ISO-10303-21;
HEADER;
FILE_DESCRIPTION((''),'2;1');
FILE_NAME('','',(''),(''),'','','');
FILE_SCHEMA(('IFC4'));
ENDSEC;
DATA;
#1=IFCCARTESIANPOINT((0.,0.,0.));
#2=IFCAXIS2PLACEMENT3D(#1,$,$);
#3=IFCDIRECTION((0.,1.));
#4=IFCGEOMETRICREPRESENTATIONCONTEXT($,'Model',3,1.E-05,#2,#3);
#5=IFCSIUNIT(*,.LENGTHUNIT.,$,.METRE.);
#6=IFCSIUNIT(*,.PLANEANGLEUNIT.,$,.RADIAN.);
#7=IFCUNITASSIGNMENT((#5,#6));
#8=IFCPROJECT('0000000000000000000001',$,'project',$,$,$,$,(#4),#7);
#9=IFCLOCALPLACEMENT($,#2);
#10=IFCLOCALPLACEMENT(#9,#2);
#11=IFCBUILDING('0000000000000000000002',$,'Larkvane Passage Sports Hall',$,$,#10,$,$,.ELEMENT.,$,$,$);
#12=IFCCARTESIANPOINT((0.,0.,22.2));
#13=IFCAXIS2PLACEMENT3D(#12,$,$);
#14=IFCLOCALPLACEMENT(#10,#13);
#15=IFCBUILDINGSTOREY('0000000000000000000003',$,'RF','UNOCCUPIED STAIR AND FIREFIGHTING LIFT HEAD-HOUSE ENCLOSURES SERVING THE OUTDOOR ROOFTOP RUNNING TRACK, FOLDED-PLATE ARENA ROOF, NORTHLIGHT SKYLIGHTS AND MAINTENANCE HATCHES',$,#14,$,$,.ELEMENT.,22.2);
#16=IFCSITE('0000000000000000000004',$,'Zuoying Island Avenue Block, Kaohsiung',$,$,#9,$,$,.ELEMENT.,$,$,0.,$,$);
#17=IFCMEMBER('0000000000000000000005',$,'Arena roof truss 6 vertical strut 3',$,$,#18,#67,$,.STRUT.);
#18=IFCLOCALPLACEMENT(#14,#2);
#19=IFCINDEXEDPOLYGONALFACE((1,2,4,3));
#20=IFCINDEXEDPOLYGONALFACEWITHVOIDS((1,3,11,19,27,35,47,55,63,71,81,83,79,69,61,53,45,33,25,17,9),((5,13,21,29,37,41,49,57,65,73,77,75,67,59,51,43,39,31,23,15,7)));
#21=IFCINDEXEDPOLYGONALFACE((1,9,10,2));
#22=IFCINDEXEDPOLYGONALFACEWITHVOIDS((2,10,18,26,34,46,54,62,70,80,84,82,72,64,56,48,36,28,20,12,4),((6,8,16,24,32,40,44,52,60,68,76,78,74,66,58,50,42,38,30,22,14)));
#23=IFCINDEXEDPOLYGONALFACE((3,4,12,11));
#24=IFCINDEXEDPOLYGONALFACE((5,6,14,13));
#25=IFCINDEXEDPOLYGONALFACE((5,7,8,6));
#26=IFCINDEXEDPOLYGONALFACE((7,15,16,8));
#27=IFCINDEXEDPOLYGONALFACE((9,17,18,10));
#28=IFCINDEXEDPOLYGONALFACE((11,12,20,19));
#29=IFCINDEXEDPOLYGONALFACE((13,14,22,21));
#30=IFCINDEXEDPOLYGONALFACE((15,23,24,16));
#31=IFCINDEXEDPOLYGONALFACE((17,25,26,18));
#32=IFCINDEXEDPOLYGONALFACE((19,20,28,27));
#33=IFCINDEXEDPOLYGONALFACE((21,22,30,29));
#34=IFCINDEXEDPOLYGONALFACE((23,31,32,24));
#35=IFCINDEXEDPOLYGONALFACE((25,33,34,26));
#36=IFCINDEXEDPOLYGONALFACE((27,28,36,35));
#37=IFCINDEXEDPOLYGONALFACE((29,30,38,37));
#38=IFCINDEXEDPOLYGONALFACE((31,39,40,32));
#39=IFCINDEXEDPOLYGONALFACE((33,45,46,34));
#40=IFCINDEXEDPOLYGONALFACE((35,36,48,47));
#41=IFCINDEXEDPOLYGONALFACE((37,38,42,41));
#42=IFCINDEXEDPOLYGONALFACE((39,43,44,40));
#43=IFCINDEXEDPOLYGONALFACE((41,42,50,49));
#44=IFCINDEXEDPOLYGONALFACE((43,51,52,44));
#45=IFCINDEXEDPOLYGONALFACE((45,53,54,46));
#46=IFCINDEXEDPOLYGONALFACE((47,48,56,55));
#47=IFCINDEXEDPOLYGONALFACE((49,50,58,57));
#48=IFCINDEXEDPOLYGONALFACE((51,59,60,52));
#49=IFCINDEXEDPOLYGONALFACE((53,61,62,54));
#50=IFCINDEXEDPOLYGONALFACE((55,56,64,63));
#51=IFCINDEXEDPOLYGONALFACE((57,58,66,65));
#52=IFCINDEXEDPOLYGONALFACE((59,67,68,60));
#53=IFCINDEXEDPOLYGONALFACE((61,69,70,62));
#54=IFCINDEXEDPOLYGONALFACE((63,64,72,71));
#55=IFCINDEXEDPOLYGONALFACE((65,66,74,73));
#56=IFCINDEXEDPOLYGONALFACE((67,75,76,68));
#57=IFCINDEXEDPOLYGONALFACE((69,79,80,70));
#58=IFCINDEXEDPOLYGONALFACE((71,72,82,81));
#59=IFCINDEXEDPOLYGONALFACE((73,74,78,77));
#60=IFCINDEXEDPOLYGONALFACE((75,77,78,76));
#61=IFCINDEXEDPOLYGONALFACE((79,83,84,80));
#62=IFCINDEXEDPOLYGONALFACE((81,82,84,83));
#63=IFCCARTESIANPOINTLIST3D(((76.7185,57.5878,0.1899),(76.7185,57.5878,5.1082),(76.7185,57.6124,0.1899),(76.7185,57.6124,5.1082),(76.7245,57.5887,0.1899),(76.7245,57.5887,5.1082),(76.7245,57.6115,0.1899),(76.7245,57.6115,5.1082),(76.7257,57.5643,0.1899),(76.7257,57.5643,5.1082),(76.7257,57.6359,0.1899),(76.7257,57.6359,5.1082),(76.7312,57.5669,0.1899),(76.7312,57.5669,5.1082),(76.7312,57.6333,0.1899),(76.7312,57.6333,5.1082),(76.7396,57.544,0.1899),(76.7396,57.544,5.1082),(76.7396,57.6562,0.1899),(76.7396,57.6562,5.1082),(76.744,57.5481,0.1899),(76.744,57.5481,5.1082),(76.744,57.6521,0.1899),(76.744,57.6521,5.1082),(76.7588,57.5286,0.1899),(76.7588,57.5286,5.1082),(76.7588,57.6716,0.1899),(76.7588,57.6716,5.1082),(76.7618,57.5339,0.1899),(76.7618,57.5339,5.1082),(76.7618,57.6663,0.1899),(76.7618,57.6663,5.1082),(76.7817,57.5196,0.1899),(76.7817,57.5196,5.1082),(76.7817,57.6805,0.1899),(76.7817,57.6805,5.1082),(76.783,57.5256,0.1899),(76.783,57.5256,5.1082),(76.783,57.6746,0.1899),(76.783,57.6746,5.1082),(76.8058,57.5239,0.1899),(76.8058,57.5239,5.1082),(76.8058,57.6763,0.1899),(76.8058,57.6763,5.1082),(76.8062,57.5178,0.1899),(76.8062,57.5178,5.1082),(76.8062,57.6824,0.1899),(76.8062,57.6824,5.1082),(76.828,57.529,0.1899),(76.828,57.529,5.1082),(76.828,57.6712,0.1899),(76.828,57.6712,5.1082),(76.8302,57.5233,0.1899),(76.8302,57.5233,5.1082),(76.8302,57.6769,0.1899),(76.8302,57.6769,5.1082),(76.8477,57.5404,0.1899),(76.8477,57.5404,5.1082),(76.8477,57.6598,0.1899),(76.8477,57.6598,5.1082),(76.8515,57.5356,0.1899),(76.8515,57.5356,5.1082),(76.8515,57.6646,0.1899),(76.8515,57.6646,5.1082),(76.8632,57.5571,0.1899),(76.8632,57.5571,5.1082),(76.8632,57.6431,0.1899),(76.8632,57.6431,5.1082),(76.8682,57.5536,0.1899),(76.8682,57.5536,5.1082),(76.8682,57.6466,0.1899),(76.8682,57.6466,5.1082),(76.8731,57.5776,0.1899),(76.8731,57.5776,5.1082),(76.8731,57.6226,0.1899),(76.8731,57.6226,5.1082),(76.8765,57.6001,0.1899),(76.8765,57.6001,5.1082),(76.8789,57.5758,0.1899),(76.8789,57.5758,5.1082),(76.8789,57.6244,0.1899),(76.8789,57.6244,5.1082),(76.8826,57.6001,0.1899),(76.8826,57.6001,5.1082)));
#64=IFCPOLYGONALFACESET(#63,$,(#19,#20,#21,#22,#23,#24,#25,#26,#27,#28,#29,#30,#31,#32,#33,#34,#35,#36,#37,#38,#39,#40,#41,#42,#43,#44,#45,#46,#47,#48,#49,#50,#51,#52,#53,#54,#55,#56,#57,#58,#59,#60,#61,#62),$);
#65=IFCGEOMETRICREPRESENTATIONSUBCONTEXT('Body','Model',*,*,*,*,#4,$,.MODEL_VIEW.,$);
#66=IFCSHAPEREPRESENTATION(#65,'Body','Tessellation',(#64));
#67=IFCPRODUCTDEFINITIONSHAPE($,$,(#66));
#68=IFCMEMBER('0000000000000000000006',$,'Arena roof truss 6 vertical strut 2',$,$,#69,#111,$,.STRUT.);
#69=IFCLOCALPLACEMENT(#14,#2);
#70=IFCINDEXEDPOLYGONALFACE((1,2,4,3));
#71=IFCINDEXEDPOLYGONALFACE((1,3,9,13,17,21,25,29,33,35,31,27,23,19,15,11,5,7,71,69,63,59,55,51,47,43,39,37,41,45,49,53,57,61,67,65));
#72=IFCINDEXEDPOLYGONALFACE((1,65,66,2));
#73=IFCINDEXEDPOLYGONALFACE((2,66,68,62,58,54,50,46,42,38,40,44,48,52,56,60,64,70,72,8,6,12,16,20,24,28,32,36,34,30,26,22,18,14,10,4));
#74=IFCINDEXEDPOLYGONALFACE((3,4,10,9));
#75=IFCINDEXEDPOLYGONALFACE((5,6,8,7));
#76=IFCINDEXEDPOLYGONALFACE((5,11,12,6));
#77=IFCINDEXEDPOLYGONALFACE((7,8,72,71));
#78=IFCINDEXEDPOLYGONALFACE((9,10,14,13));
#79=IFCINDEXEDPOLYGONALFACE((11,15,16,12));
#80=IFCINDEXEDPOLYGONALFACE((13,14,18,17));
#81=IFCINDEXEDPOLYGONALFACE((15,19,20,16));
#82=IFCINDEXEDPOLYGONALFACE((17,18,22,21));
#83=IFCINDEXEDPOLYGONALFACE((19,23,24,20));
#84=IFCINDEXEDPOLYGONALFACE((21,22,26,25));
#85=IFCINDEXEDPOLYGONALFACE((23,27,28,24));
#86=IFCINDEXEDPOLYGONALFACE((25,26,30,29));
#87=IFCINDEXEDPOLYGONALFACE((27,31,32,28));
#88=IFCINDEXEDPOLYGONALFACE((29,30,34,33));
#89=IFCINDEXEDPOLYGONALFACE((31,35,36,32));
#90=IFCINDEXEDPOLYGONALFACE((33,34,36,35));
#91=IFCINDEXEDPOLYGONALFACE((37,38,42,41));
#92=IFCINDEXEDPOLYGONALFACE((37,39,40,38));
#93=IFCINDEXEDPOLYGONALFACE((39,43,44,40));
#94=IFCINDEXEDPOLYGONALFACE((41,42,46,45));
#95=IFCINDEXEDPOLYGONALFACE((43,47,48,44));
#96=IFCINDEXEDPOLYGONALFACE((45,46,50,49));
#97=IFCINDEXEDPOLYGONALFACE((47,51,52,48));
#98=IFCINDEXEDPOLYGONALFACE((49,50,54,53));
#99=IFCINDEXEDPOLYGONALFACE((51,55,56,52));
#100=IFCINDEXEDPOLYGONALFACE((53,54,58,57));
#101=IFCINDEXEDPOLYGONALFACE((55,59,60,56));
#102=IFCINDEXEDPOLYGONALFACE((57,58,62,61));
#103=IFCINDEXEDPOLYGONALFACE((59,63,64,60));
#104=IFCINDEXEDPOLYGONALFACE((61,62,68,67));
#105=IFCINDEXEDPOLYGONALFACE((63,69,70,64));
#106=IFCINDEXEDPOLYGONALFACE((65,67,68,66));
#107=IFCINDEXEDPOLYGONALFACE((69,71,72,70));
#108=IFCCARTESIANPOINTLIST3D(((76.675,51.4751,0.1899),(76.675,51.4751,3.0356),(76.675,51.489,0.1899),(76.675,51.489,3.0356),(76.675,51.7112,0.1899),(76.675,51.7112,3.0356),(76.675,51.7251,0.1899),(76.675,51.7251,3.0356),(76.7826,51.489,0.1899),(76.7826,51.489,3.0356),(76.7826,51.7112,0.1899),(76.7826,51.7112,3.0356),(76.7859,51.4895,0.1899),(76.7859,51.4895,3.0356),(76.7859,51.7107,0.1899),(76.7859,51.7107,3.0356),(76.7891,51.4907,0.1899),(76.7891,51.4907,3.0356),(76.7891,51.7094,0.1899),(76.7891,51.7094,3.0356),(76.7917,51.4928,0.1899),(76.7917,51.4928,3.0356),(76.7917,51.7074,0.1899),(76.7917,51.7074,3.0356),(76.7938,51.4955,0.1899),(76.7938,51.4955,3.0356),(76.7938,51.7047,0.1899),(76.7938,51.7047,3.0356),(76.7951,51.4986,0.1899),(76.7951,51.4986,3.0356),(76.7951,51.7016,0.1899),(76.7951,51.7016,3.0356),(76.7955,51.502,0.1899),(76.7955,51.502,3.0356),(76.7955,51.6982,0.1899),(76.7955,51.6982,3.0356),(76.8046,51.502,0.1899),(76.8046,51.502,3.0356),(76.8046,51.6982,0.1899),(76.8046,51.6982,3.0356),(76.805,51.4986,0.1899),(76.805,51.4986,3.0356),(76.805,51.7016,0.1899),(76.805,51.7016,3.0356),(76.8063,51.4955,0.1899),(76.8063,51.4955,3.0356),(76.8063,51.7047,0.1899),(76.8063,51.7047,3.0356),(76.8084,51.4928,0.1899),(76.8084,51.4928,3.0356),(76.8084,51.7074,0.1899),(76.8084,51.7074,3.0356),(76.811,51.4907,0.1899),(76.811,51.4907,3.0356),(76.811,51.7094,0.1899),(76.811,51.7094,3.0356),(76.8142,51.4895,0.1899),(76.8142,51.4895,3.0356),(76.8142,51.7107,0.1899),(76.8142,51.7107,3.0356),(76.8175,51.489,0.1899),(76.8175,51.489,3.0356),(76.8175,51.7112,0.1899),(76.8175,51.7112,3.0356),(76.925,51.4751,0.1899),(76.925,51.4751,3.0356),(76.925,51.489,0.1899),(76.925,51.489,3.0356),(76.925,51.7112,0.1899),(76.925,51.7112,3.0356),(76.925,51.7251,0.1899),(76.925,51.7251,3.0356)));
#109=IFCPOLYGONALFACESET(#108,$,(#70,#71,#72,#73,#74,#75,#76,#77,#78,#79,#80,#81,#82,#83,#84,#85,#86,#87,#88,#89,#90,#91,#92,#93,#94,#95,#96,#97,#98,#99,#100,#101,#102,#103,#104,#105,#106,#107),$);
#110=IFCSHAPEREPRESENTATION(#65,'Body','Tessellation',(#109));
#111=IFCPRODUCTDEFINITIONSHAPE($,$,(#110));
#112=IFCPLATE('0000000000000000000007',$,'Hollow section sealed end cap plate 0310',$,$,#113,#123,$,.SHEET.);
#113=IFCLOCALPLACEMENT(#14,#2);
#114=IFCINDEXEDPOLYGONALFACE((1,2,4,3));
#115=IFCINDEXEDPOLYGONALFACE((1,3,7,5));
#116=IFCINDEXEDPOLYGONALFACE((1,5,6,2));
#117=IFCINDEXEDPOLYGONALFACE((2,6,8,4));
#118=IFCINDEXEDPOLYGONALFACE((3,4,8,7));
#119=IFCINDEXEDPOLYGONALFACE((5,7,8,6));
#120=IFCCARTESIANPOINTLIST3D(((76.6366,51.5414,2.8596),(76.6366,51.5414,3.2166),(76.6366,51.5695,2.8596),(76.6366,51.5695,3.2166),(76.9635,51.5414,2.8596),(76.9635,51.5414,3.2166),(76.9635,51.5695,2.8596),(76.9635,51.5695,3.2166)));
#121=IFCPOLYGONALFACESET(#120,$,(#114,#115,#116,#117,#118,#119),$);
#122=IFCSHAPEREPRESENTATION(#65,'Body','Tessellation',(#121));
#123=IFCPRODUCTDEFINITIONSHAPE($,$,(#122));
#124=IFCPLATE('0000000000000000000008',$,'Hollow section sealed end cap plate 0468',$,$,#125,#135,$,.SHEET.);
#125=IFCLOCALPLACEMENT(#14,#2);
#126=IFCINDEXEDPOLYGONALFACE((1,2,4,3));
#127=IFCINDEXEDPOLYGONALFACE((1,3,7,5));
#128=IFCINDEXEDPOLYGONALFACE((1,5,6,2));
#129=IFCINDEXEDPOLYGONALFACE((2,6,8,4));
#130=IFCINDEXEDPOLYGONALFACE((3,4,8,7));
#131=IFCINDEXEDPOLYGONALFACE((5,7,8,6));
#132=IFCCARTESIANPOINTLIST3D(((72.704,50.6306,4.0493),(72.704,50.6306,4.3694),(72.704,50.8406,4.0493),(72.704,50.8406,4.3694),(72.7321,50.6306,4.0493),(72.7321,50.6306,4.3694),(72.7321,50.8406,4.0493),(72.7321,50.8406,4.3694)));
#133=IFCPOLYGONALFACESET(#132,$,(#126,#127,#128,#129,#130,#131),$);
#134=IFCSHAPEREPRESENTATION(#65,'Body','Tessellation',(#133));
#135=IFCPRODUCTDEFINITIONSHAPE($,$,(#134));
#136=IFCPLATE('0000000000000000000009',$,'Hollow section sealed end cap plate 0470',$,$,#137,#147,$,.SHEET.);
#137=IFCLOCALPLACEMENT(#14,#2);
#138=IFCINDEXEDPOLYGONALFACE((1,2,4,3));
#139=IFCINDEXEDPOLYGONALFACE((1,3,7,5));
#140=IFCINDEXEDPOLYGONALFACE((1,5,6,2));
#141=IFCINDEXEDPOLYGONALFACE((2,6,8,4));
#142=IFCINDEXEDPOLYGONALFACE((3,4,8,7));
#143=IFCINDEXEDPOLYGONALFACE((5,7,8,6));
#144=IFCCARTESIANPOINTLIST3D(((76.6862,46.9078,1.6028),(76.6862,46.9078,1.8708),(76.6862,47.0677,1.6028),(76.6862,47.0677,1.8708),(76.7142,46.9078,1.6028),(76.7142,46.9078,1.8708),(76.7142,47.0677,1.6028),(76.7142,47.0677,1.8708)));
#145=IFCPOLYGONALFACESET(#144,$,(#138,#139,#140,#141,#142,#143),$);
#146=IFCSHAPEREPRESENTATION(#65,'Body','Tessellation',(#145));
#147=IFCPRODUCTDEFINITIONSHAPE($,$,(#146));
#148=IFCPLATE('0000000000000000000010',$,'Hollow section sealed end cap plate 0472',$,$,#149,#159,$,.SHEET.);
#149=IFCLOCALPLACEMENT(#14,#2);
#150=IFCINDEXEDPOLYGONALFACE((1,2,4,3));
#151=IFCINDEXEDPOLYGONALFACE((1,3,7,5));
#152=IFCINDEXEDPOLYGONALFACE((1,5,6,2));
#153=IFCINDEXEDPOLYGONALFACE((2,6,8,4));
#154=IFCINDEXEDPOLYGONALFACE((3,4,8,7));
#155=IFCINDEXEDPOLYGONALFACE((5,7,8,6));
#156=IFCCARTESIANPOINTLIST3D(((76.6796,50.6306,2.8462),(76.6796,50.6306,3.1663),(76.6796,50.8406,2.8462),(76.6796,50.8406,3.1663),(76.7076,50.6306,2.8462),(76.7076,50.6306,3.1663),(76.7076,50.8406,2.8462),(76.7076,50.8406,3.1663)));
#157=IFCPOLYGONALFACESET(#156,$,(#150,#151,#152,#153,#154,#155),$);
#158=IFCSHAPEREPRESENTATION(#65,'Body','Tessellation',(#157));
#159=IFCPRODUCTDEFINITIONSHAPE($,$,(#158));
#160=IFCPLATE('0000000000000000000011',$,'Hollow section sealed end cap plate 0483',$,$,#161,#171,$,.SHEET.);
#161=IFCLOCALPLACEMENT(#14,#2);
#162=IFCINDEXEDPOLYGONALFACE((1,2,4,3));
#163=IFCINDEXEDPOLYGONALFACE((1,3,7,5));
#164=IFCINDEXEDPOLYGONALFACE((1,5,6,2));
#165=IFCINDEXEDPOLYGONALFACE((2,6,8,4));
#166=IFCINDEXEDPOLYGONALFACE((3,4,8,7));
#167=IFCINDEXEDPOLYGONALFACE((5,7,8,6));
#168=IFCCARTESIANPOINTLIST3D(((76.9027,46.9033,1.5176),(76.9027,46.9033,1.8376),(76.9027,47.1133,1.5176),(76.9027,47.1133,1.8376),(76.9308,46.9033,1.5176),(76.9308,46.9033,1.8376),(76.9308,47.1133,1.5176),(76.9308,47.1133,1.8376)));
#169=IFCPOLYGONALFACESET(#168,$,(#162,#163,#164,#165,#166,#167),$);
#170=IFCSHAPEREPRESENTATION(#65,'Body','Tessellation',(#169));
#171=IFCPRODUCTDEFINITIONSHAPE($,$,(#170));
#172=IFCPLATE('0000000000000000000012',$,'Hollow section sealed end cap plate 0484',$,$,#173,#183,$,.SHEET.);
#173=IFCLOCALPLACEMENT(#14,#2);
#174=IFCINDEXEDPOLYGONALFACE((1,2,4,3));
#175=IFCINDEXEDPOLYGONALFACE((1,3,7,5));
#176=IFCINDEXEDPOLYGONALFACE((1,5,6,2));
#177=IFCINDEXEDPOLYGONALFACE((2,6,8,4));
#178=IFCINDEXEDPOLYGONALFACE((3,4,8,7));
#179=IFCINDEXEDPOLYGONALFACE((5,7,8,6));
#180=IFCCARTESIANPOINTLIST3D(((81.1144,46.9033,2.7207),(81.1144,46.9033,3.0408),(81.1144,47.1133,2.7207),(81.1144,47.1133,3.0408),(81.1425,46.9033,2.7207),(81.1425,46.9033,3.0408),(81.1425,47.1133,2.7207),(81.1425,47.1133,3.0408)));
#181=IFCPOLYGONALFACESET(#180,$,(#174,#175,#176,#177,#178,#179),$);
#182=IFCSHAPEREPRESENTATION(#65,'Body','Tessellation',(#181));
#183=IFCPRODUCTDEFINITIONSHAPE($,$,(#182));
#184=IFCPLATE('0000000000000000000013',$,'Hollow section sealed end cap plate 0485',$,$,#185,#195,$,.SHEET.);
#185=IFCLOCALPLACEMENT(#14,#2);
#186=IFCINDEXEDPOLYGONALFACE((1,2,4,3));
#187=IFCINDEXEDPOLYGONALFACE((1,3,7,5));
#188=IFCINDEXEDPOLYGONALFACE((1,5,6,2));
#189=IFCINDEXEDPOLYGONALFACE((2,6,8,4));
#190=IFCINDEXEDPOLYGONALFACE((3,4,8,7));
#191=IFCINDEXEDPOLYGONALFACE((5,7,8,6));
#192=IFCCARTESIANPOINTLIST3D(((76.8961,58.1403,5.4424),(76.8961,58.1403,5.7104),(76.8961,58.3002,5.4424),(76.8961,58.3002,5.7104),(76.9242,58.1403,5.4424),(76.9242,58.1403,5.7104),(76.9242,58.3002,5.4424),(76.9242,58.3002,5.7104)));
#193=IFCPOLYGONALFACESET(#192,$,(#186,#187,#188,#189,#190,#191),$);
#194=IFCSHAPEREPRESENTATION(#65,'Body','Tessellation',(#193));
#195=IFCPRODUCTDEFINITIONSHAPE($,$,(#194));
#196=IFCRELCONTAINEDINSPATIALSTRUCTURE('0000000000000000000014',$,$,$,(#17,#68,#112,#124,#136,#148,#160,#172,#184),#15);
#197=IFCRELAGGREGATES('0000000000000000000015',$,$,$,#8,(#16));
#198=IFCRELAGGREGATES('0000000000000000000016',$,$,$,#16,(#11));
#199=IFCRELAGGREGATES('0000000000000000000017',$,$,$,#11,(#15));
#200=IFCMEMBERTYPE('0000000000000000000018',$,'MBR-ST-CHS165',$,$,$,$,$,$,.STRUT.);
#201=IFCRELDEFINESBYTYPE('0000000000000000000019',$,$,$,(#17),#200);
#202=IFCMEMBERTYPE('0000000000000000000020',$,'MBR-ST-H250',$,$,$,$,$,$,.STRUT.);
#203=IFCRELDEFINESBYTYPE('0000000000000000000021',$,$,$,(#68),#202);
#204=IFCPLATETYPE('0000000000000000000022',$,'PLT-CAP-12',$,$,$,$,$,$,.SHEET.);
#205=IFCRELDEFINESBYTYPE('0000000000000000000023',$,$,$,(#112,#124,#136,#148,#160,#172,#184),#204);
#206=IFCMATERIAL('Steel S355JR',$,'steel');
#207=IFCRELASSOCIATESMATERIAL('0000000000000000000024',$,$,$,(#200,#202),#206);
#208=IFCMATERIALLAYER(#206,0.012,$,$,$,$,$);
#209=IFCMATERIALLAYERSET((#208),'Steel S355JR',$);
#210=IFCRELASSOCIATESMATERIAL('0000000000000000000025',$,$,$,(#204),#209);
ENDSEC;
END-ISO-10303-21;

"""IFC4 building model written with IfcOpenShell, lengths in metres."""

from ifc_helpers import new_model, si_unit, direction, frame, origin, origin_2d, place, context, subcontext, project, spatial, rectangle, hollow_circle, i_section, extrude, material, layer, layer_set, material_profile, profile_set, type_object, element, save


model = new_model("IFC4")

# Units and contexts
model_context = context("Model", 3, precision=1e-05, world=origin(), true_north=direction((0.0, 1.0)))
body_context = subcontext(model_context, "Body", "Model", "MODEL_VIEW")
ifc_project = project(units=[si_unit("LENGTHUNIT", "METRE"), si_unit("PLANEANGLEUNIT", "RADIAN")], contexts=[model_context])

# Site, building, storey
site_placement = place(None, origin())
site = spatial("IfcSite", under=ifc_project, at=site_placement, Name="Zuoying Island Avenue Block, Kaohsiung", CompositionType="ELEMENT", RefElevation=0.0)
building_placement = place(site_placement, origin())
building = spatial("IfcBuilding", under=site, at=building_placement, Name="Larkvane Passage Sports Hall", CompositionType="ELEMENT")
storey_placement = place(building_placement, frame((0.0, 0.0, 22.2)))
storey = spatial("IfcBuildingStorey", under=building, at=storey_placement, Name="RF", Description="UNOCCUPIED STAIR AND FIREFIGHTING LIFT HEAD-HOUSE ENCLOSURES SERVING THE OUTDOOR ROOFTOP RUNNING TRACK, FOLDED-PLATE ARENA ROOF, NORTHLIGHT SKYLIGHTS AND MAINTENANCE HATCHES", CompositionType="ELEMENT", Elevation=22.2)

# Members
ifc_material_1 = material(Name="Steel S355JR", Category="steel")
ifc_material_profile_1 = material_profile(ifc_material_1, hollow_circle(Radius=0.0825, WallThickness=0.0061, at=origin_2d()), Name="CHS-165.2x6.0")
ifc_profile_set_1 = profile_set([ifc_material_profile_1], Name="Steel S355JR")
member_type_1 = type_object("IfcMemberType", Name="MBR-ST-CHS165", PredefinedType="STRUT", material=ifc_profile_set_1)
member_1_placement = place(storey_placement, frame((76.8, 57.6001, 0.1899), z_axis=(0.0, 0.0, 1.0), x_axis=(1.0, 0.0, 0.0)))
element("IfcMember", 1, at=member_1_placement, inside=storey, type_object=member_type_1, Name="Arena roof truss 6 vertical strut 3", PredefinedType="STRUT", context=body_context, shape_type="SweptSolid", body=[
    extrude(hollow_circle(Radius=0.0825, WallThickness=0.0061, at=origin_2d()), origin(), (0.0, 0.0, 1.0), 4.9182),
])
ifc_material_profile_2 = material_profile(ifc_material_1, i_section(OverallWidth=0.25, OverallDepth=0.25, WebThickness=0.009, FlangeThickness=0.0139, FilletRadius=0.0129, at=origin_2d()), Name="H-250x250x9x14")
ifc_profile_set_2 = profile_set([ifc_material_profile_2], Name="Steel S355JR")
member_type_2 = type_object("IfcMemberType", Name="MBR-ST-H250", PredefinedType="STRUT", material=ifc_profile_set_2)
member_2_placement = place(storey_placement, frame((76.8, 51.6001, 0.1899), z_axis=(0.0, 0.0, 1.0), x_axis=(1.0, 0.0, 0.0)))
element("IfcMember", 2, at=member_2_placement, inside=storey, type_object=member_type_2, Name="Arena roof truss 6 vertical strut 2", PredefinedType="STRUT", context=body_context, shape_type="SweptSolid", body=[
    extrude(i_section(OverallWidth=0.25, OverallDepth=0.25, WebThickness=0.009, FlangeThickness=0.0139, FilletRadius=0.0129, at=origin_2d()), origin(), (0.0, 0.0, 1.0), 2.8457),
])

# Plates
ifc_layer_1 = layer(ifc_material_1, 0.012)
ifc_layer_set_1 = layer_set([ifc_layer_1], Name="Steel S355JR")
plate_type_1 = type_object("IfcPlateType", Name="PLT-CAP-12", PredefinedType="SHEET", material=ifc_layer_set_1)
plate_1_placement = place(storey_placement, frame((76.8, 51.5554, 2.8596), z_axis=(0.0, 0.0, 1.0), x_axis=(-1.0, 0.0, 0.0)))
element("IfcPlate", 3, at=plate_1_placement, inside=storey, type_object=plate_type_1, Name="Hollow section sealed end cap plate 0310", PredefinedType="SHEET", context=body_context, shape_type="SweptSolid", body=[
    extrude(rectangle(XDim=0.3269, YDim=0.0281, at=origin_2d()), origin(), (0.0, 0.0, 1.0), 0.3569),
])
plate_2_placement = place(storey_placement, frame((72.718, 50.7356, 4.0493), z_axis=(0.0, 0.0, 1.0), x_axis=(0.0, 1.0, 0.0)))
element("IfcPlate", 4, at=plate_2_placement, inside=storey, type_object=plate_type_1, Name="Hollow section sealed end cap plate 0468", PredefinedType="SHEET", context=body_context, shape_type="SweptSolid", body=[
    extrude(rectangle(XDim=0.21, YDim=0.0281, at=origin_2d()), origin(), (0.0, 0.0, 1.0), 0.3201),
])
plate_3_placement = place(storey_placement, frame((76.7002, 46.9878, 1.6028), z_axis=(0.0, 0.0, 1.0), x_axis=(0.0, 1.0, 0.0)))
element("IfcPlate", 5, at=plate_3_placement, inside=storey, type_object=plate_type_1, Name="Hollow section sealed end cap plate 0470", PredefinedType="SHEET", context=body_context, shape_type="SweptSolid", body=[
    extrude(rectangle(XDim=0.1599, YDim=0.0281, at=origin_2d()), origin(), (0.0, 0.0, 1.0), 0.2681),
])
for number, where, z_axis, x_axis, name in (
    (6, (76.6936, 50.7356, 2.8462), (0.0, 0.0, 1.0), (0.0, 1.0, 0.0), "Hollow section sealed end cap plate 0472"),
    (7, (76.9167, 47.0083, 1.5176), (0.0, 0.0, 1.0), (0.0, 1.0, 0.0), "Hollow section sealed end cap plate 0483"),
    (8, (81.1284, 47.0083, 2.7207), (0.0, 0.0, 1.0), (0.0, 1.0, 0.0), "Hollow section sealed end cap plate 0484"),
):
    element("IfcPlate", number, at=place(storey_placement, frame(where, z_axis=z_axis, x_axis=x_axis)), inside=storey, type_object=plate_type_1, Name=name, PredefinedType="SHEET", context=body_context, shape_type="SweptSolid", body=[
        extrude(rectangle(XDim=0.21, YDim=0.0281, at=origin_2d()), origin(), (0.0, 0.0, 1.0), 0.3201),
    ])
plate_4_placement = place(storey_placement, frame((76.9102, 58.2202, 5.4424), z_axis=(0.0, 0.0, 1.0), x_axis=(0.0, 1.0, 0.0)))
element("IfcPlate", 9, at=plate_4_placement, inside=storey, type_object=plate_type_1, Name="Hollow section sealed end cap plate 0485", PredefinedType="SHEET", context=body_context, shape_type="SweptSolid", body=[
    extrude(rectangle(XDim=0.1599, YDim=0.0281, at=origin_2d()), origin(), (0.0, 0.0, 1.0), 0.2681),
])

save(model, "model.ifc")
